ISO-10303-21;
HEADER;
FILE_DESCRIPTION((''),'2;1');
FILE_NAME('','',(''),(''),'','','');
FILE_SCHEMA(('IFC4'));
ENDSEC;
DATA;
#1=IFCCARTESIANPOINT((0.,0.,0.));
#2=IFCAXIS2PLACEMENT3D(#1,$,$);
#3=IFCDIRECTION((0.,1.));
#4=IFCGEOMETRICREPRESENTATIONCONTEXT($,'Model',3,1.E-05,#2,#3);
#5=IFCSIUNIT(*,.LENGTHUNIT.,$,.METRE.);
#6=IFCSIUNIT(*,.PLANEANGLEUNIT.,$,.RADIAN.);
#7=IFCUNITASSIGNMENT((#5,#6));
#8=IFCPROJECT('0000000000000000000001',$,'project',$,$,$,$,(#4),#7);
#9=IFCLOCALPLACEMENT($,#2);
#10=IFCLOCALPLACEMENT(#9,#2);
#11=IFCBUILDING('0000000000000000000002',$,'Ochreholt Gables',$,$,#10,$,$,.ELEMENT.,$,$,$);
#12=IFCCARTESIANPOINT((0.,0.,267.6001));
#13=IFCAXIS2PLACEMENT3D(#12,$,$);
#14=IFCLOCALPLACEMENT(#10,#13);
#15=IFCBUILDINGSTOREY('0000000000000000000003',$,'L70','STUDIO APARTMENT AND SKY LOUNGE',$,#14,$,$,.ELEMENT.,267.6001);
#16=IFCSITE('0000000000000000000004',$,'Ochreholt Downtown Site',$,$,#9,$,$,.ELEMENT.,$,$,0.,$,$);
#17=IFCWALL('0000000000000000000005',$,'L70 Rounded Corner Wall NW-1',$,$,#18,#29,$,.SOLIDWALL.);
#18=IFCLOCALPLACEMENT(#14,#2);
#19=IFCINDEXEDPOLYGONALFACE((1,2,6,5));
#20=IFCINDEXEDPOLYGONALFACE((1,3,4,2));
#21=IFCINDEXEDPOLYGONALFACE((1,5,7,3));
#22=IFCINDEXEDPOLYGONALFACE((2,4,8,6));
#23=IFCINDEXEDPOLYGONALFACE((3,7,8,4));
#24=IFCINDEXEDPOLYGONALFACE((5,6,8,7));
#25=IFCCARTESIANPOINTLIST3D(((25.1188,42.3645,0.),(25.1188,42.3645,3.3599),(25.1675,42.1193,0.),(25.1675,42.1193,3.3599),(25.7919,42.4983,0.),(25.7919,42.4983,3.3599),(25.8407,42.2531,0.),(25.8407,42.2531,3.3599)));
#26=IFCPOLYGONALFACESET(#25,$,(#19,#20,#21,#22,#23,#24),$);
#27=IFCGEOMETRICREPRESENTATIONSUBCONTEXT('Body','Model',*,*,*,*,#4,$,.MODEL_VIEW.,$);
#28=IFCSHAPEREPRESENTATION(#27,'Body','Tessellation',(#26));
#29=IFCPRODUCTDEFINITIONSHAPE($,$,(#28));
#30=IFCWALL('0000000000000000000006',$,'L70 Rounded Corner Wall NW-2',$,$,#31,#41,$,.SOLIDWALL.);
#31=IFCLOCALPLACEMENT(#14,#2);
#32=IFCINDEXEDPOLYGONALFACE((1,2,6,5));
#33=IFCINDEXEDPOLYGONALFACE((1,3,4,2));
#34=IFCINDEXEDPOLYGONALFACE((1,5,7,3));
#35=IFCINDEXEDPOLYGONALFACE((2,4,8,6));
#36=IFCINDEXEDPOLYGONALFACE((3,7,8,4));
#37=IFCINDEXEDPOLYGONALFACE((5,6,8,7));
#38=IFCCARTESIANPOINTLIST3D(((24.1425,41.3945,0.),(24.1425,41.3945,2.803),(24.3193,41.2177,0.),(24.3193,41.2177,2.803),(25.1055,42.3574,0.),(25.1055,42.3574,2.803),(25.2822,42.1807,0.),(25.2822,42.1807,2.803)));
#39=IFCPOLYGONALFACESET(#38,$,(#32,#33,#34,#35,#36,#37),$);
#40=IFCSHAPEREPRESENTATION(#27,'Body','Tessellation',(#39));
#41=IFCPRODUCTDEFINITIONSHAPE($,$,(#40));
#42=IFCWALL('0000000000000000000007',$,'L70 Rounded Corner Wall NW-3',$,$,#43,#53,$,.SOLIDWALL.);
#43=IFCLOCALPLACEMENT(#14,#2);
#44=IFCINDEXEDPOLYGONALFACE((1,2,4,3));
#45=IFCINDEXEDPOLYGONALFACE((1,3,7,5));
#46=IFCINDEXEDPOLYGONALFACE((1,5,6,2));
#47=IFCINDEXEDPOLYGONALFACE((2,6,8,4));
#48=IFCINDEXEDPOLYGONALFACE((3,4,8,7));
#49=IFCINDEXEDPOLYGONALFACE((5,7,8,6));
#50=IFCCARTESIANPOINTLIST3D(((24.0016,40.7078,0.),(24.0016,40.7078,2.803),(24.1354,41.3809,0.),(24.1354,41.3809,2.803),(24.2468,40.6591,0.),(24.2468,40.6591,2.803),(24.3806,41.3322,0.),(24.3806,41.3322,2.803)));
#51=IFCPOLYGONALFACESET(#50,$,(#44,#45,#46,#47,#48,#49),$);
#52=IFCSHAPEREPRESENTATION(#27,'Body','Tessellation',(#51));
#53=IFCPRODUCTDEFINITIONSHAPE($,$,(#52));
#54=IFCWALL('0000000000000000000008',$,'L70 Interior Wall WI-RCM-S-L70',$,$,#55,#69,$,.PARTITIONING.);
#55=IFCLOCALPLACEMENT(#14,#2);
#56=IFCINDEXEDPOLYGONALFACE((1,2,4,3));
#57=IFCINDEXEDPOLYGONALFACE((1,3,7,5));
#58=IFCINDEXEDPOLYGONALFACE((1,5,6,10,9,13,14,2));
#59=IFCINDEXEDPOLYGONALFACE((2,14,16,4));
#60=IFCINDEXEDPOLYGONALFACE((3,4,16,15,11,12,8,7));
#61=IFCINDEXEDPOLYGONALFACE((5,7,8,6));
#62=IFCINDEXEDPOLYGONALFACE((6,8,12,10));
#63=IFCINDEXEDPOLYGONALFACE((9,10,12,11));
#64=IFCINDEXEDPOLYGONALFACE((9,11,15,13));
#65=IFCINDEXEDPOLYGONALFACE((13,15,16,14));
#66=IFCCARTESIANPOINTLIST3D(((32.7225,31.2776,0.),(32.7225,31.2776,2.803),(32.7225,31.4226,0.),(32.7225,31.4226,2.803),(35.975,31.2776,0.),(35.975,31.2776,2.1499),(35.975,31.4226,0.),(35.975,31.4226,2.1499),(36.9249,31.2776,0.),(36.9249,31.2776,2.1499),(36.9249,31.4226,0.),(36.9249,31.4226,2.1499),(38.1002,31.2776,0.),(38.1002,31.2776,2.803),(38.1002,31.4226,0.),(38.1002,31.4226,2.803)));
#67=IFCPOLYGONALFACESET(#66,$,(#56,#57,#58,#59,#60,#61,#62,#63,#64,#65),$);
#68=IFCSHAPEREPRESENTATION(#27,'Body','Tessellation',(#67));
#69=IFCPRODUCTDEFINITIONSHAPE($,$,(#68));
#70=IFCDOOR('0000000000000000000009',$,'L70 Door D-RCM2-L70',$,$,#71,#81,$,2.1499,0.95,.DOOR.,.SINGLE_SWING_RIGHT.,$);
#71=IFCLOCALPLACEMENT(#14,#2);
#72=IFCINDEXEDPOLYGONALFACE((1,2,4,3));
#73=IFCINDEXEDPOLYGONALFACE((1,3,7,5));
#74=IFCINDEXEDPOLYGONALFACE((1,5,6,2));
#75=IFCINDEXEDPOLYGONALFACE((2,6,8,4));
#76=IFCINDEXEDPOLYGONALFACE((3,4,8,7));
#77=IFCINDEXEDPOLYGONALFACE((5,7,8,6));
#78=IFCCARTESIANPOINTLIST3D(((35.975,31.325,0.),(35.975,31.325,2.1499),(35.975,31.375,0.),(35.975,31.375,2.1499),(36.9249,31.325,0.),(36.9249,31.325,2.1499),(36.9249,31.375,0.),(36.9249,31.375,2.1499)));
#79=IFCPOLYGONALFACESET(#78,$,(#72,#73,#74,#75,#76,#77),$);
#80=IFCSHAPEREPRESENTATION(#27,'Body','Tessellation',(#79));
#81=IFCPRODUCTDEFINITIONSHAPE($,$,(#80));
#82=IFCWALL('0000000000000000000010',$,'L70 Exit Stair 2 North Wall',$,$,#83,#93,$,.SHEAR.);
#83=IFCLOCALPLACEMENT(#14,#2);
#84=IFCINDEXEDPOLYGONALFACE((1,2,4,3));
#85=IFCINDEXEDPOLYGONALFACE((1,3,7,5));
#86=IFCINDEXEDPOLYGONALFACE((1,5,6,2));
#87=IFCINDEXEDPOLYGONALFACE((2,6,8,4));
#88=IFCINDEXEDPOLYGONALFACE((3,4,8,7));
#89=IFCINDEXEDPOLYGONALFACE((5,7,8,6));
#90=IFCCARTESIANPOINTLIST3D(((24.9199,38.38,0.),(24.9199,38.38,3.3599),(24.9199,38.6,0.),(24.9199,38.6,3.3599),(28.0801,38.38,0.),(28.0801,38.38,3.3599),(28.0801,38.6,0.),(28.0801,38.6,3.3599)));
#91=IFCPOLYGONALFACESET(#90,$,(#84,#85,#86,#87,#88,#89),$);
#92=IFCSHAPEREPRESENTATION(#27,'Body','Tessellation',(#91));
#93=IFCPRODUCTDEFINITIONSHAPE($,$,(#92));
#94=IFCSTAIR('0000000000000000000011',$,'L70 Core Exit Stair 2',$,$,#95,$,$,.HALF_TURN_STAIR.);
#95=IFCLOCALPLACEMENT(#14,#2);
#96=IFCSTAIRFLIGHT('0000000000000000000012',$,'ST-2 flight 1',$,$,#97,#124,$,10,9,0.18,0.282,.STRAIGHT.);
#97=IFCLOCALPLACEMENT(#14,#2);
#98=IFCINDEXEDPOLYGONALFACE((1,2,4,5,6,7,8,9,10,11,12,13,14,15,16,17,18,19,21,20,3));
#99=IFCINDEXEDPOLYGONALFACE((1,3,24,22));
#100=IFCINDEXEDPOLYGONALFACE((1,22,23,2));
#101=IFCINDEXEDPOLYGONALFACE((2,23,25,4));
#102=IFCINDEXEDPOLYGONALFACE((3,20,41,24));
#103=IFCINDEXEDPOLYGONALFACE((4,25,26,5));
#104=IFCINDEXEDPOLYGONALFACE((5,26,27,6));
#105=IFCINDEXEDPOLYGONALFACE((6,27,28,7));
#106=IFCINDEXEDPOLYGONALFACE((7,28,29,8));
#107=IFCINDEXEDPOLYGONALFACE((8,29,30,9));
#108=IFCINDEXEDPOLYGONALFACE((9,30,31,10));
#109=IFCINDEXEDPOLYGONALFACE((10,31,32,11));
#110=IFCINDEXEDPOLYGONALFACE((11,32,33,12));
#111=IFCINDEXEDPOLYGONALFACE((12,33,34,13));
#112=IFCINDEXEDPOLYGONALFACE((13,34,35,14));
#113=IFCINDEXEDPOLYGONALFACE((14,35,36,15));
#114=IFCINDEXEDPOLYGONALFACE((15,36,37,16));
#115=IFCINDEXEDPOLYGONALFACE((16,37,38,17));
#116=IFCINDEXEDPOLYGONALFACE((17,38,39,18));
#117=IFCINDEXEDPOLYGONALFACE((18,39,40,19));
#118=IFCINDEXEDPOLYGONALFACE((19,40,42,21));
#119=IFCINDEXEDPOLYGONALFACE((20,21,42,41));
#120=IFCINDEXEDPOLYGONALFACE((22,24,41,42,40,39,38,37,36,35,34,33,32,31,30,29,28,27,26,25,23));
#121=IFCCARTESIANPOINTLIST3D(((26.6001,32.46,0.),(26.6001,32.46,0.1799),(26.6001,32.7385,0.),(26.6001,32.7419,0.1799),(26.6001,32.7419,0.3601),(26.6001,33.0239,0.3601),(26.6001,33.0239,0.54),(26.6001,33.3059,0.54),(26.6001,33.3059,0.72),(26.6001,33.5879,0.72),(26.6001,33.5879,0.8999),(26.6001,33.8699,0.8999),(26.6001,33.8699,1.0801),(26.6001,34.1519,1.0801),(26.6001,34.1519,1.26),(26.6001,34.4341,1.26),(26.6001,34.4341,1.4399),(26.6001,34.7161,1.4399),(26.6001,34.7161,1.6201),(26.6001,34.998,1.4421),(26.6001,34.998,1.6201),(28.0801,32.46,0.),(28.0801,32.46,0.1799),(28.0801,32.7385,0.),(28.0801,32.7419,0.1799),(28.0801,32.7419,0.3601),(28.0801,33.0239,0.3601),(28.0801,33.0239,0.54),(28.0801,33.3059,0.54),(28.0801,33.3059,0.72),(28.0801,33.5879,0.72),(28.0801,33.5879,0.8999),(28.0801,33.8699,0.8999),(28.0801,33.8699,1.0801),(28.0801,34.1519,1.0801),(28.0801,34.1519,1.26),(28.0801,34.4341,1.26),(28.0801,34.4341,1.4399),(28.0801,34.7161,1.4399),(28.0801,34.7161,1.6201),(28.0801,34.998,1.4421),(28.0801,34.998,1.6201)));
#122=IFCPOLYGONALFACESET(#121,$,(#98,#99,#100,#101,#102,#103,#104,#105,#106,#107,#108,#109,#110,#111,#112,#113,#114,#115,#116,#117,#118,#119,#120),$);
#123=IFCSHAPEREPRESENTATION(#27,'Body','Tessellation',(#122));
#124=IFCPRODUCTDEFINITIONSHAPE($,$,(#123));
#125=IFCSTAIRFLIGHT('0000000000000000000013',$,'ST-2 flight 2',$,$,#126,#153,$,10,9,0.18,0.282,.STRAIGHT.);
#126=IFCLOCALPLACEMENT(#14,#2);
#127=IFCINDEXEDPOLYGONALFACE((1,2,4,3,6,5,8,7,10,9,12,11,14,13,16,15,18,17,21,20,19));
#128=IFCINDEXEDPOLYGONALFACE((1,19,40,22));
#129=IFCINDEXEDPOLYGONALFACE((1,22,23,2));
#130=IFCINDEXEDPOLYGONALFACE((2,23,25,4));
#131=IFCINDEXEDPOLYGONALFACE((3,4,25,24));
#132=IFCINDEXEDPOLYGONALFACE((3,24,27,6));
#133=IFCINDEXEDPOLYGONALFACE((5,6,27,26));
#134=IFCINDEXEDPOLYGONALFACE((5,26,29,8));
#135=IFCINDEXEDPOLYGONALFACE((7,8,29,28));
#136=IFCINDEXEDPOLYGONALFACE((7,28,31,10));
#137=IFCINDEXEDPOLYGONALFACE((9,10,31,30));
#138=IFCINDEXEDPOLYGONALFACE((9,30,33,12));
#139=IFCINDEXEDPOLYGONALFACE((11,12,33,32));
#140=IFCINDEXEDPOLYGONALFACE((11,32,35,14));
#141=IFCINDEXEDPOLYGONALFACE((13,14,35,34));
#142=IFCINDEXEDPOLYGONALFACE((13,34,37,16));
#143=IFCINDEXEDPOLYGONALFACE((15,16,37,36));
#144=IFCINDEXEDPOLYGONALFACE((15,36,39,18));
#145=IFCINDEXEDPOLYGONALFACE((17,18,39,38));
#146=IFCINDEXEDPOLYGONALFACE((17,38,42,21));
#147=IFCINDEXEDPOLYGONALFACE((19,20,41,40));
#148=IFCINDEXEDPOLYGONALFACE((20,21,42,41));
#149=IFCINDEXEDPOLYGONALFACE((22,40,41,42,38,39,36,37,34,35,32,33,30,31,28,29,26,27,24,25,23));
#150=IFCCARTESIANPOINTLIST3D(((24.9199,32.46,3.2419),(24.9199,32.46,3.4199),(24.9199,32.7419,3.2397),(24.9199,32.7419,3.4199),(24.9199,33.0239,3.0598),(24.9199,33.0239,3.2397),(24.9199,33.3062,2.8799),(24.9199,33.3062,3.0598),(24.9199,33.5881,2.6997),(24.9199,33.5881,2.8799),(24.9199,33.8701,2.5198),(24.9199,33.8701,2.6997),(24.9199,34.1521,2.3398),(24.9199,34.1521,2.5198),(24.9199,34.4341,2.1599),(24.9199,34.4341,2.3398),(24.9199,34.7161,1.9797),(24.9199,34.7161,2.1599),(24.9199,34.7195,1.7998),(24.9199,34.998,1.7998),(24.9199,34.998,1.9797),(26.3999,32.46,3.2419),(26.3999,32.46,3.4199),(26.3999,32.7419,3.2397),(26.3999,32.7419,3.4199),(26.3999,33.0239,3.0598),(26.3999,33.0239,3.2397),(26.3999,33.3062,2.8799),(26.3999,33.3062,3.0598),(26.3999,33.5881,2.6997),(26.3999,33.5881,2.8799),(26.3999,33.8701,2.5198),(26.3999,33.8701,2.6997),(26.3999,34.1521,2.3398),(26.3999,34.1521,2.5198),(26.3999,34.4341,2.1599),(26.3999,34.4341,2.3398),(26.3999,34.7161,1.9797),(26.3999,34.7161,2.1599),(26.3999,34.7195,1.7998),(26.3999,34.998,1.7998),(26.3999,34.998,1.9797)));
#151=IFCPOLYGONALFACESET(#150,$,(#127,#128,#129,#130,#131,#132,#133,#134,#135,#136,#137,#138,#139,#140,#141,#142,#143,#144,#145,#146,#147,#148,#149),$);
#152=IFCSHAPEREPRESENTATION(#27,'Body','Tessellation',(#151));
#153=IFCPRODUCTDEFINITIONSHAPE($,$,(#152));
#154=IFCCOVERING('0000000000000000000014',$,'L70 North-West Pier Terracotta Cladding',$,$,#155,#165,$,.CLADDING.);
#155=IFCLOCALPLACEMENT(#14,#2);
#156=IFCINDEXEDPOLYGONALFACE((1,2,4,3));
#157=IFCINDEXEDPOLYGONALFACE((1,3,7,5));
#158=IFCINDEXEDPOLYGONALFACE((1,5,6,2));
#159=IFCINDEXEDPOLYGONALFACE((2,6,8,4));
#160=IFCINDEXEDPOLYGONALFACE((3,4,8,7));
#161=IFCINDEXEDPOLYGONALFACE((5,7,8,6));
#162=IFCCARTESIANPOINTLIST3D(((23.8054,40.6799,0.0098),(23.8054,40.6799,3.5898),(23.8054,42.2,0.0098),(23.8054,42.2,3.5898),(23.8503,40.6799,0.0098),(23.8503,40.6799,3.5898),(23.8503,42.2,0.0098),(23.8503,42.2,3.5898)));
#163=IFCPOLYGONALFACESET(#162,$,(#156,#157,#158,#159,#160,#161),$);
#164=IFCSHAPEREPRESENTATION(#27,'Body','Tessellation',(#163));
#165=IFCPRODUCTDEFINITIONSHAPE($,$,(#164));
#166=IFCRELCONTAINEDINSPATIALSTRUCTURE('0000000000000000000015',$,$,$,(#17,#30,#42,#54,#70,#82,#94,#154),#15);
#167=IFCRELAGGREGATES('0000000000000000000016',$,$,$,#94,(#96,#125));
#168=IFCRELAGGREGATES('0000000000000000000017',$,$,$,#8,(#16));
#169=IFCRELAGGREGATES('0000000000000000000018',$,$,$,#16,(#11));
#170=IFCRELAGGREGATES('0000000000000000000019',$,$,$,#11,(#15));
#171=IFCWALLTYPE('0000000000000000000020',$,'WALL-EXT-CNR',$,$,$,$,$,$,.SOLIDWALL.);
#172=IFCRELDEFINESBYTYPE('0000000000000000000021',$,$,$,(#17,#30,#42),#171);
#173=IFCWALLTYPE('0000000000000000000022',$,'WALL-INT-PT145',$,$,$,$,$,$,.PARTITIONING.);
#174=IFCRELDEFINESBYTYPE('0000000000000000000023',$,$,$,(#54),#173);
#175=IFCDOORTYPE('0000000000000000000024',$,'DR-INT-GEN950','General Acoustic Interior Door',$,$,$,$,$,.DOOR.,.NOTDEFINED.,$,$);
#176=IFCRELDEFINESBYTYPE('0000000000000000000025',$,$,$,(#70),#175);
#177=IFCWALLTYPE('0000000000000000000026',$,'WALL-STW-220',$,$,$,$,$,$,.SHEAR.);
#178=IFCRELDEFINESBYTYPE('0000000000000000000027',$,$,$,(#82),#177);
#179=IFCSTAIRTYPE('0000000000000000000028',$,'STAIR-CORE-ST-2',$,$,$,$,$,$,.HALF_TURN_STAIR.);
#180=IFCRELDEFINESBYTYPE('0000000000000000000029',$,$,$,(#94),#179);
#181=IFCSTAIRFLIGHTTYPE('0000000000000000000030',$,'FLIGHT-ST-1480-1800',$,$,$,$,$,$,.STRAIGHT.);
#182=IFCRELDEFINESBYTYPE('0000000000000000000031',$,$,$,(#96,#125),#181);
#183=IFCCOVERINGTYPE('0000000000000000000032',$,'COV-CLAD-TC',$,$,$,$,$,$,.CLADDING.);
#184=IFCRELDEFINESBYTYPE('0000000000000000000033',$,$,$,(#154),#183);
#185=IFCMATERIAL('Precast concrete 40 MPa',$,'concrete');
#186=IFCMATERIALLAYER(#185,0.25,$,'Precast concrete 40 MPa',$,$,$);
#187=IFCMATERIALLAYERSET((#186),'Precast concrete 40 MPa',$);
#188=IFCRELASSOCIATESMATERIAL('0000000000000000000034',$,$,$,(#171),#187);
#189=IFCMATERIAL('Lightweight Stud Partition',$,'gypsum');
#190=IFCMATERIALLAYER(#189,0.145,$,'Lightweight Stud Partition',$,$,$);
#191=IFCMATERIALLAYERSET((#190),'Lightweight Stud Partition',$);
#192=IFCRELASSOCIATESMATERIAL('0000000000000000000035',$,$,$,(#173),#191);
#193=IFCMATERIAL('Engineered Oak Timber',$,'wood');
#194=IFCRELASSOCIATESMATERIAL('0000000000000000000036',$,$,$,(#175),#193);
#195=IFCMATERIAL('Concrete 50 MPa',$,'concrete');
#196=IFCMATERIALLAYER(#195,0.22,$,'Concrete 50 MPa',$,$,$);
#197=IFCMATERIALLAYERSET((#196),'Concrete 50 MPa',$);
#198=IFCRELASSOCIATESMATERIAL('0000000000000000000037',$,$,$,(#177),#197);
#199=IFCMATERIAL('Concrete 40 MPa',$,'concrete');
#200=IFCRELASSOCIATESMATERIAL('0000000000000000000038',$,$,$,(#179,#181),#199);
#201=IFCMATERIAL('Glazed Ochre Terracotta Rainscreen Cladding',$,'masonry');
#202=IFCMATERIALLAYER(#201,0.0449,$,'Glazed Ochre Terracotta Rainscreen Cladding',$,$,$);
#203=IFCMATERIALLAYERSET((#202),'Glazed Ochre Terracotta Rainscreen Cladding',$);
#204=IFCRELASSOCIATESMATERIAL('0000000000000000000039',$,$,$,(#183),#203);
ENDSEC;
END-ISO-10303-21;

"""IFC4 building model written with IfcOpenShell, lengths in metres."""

from ifc_helpers import new_model, si_unit, direction, frame, frame_2d, origin, origin_2d, place, context, subcontext, project, spatial, polyline, rectangle, outline, extrude, material, layer, layer_set, type_object, element, fill, aggregate, save


model = new_model("IFC4")

# Units and contexts
model_context = context("Model", 3, precision=1e-05, world=origin(), true_north=direction((0.0, 1.0)))
body_context = subcontext(model_context, "Body", "Model", "MODEL_VIEW")
ifc_project = project(units=[si_unit("LENGTHUNIT", "METRE"), si_unit("PLANEANGLEUNIT", "RADIAN")], contexts=[model_context])

# Site, building, storey
site_placement = place(None, origin())
site = spatial("IfcSite", under=ifc_project, at=site_placement, Name="Ochreholt Downtown Site", CompositionType="ELEMENT", RefElevation=0.0)
building_placement = place(site_placement, origin())
building = spatial("IfcBuilding", under=site, at=building_placement, Name="Ochreholt Gables", CompositionType="ELEMENT")
storey_placement = place(building_placement, frame((0.0, 0.0, 267.6001)))
storey = spatial("IfcBuildingStorey", under=building, at=storey_placement, Name="L70", Description="STUDIO APARTMENT AND SKY LOUNGE", CompositionType="ELEMENT", Elevation=267.6001)

# Shared definitions
ifc_material_1 = material(Name="Concrete 50 MPa", Category="concrete")

# Shared definitions
ifc_material_2 = material(Name="Precast concrete 40 MPa", Category="concrete")

# Walls
ifc_layer_1 = layer(ifc_material_2, 0.25, Name="Precast concrete 40 MPa")
ifc_layer_set_1 = layer_set([ifc_layer_1], Name="Precast concrete 40 MPa")
wall_type_1 = type_object("IfcWallType", Name="WALL-EXT-CNR", PredefinedType="SOLIDWALL", material=ifc_layer_set_1)
wall_1_placement = place(storey_placement, frame((25.8164, 42.3757, 0.0), z_axis=(0.0, 0.0, 1.0), x_axis=(-0.980813, -0.194953, 0.0)))
element("IfcWall", 1, at=wall_1_placement, inside=storey, type_object=wall_type_1, Name="L70 Rounded Corner Wall NW-1", PredefinedType="SOLIDWALL", context=body_context, shape_type="SweptSolid", body=[
    extrude(rectangle(XDim=0.6863, YDim=0.25, at=frame_2d((0.3433, 0.0))), origin(), (0.0, 0.0, 1.0), 3.3599),
])
wall_2_placement = place(storey_placement, frame((25.1938, 42.269, 0.0), z_axis=(0.0, 0.0, 1.0), x_axis=(-0.707107, -0.707107, 0.0)))
element("IfcWall", 2, at=wall_2_placement, inside=storey, type_object=wall_type_1, Name="L70 Rounded Corner Wall NW-2", PredefinedType="SOLIDWALL", context=body_context, shape_type="SweptSolid", body=[
    extrude(rectangle(XDim=1.3618, YDim=0.25, at=frame_2d((0.6809, 0.0))), origin(), (0.0, 0.0, 1.0), 2.803),
])
wall_3_placement = place(storey_placement, frame((24.2581, 41.3567, 0.0), z_axis=(0.0, 0.0, 1.0), x_axis=(-0.194953, -0.980813, 0.0)))
element("IfcWall", 3, at=wall_3_placement, inside=storey, type_object=wall_type_1, Name="L70 Rounded Corner Wall NW-3", PredefinedType="SOLIDWALL", context=body_context, shape_type="SweptSolid", body=[
    extrude(rectangle(XDim=0.6863, YDim=0.25, at=frame_2d((0.3433, 0.0))), origin(), (0.0, 0.0, 1.0), 2.803),
])

# Wall, opening, door
ifc_material_3 = material(Name="Lightweight Stud Partition", Category="gypsum")
ifc_layer_2 = layer(ifc_material_3, 0.145, Name="Lightweight Stud Partition")
ifc_layer_set_2 = layer_set([ifc_layer_2], Name="Lightweight Stud Partition")
wall_type_2 = type_object("IfcWallType", Name="WALL-INT-PT145", PredefinedType="PARTITIONING", material=ifc_layer_set_2)
wall_4_placement = place(storey_placement, frame((32.7224, 31.3501, 0.0), z_axis=(0.0, 0.0, 1.0), x_axis=(1.0, 0.0, 0.0)))
wall_4 = element("IfcWall", 4, at=wall_4_placement, inside=storey, type_object=wall_type_2, Name="L70 Interior Wall WI-RCM-S-L70", PredefinedType="PARTITIONING", context=body_context, shape_type="SweptSolid", body=[
    extrude(rectangle(XDim=5.3777, YDim=0.145, at=frame_2d((2.689, 0.0))), origin(), (0.0, 0.0, 1.0), 2.803),
])
opening_1_placement = place(wall_4_placement, frame((3.2524, 0.0, 0.0)))
opening_1 = element("IfcOpeningElement", 5, at=opening_1_placement, cuts=wall_4, PredefinedType="OPENING", context=body_context, shape_type="SweptSolid", body=[
    extrude(rectangle(XDim=0.95, YDim=2.1499, at=frame_2d((0.4751, 1.075))), frame((0.0, 0.0825, 0.0), z_axis=(0.0, -1.0, 0.0), x_axis=(1.0, 0.0, 0.0)), (0.0, 0.0, 1.0), 0.165),
])
ifc_material_4 = material(Name="Engineered Oak Timber", Category="wood")
door_type_1 = type_object("IfcDoorType", Name="DR-INT-GEN950", Description="General Acoustic Interior Door", OperationType="NOTDEFINED", PredefinedType="DOOR", material=ifc_material_4)
door_1_placement = place(opening_1_placement, origin())
door_1 = element("IfcDoor", 6, at=door_1_placement, inside=storey, type_object=door_type_1, Name="L70 Door D-RCM2-L70", OperationType="SINGLE_SWING_RIGHT", OverallHeight=2.1499, OverallWidth=0.95, PredefinedType="DOOR", context=body_context, shape_type="SweptSolid", body=[
    extrude(rectangle(XDim=0.95, YDim=2.1499, at=frame_2d((0.4751, 1.075))), frame((0.0, 0.0249, 0.0), z_axis=(0.0, -1.0, 0.0), x_axis=(1.0, 0.0, 0.0)), (0.0, 0.0, 1.0), 0.05),
])
fill(opening_1, door_1)

# Wall
ifc_layer_3 = layer(ifc_material_1, 0.22, Name="Concrete 50 MPa")
ifc_layer_set_3 = layer_set([ifc_layer_3], Name="Concrete 50 MPa")
wall_type_3 = type_object("IfcWallType", Name="WALL-STW-220", PredefinedType="SHEAR", material=ifc_layer_set_3)
wall_5_placement = place(storey_placement, frame((24.9199, 38.49, 0.0), z_axis=(0.0, 0.0, 1.0), x_axis=(1.0, 0.0, 0.0)))
element("IfcWall", 7, at=wall_5_placement, inside=storey, type_object=wall_type_3, Name="L70 Exit Stair 2 North Wall", PredefinedType="SHEAR", context=body_context, shape_type="SweptSolid", body=[
    extrude(rectangle(XDim=3.1602, YDim=0.22, at=frame_2d((1.5801, 0.0))), origin(), (0.0, 0.0, 1.0), 3.3599),
])

# Stair, stair flights
ifc_material_5 = material(Name="Concrete 40 MPa", Category="concrete")
stair_type = type_object("IfcStairType", Name="STAIR-CORE-ST-2", PredefinedType="HALF_TURN_STAIR", material=ifc_material_5)
stair_placement = place(storey_placement, origin())
stair = element("IfcStair", 8, at=stair_placement, inside=storey, type_object=stair_type, Name="L70 Core Exit Stair 2", PredefinedType="HALF_TURN_STAIR")
stair_flight_type = type_object("IfcStairFlightType", Name="FLIGHT-ST-1480-1800", PredefinedType="STRAIGHT", material=ifc_material_5)
stair_flight_1_placement = place(storey_placement, frame((27.3401, 32.46, 0.0), z_axis=(0.0, 0.0, 1.0), x_axis=(0.0, 1.0, 0.0)))
stair_flight_1 = element("IfcStairFlight", 9, at=stair_flight_1_placement, type_object=stair_flight_type, Name="ST-2 flight 1", NumberOfRisers=10, NumberOfTreads=9, PredefinedType="STRAIGHT", RiserHeight=0.18, TreadLength=0.282, context=body_context, shape_type="SweptSolid", body=[
    extrude(outline(polyline([(0.0, 0.0), (0.0, 0.1799), (0.282, 0.1799), (0.282, 0.3601), (0.564, 0.3601), (0.564, 0.54), (0.8459, 0.54), (0.8459, 0.72), (1.1279, 0.72), (1.1279, 0.8999), (1.4099, 0.8999), (1.4099, 1.0801), (1.6919, 1.0801), (1.6919, 1.26), (1.9741, 1.26), (1.9741, 1.4399), (2.2561, 1.4399), (2.2561, 1.6201), (2.5381, 1.6201), (2.5381, 1.8), (2.5381, 1.4421), (0.2786, 0.0), (0.0, 0.0)])), frame((0.0, 0.74, 0.0), z_axis=(0.0, -1.0, 0.0), x_axis=(1.0, 0.0, 0.0)), (0.0, 0.0, 1.0), 1.48),
])
stair_flight_2_placement = place(storey_placement, frame((25.6599, 34.998, 1.7998), z_axis=(0.0, 0.0, 1.0), x_axis=(0.0, -1.0, 0.0)))
stair_flight_2 = element("IfcStairFlight", 10, at=stair_flight_2_placement, type_object=stair_flight_type, Name="ST-2 flight 2", NumberOfRisers=10, NumberOfTreads=9, PredefinedType="STRAIGHT", RiserHeight=0.18, TreadLength=0.282, context=body_context, shape_type="SweptSolid", body=[
    extrude(outline(polyline([(0.0, 0.0), (0.0, 0.1799), (0.282, 0.1799), (0.282, 0.3601), (0.564, 0.3601), (0.564, 0.54), (0.8459, 0.54), (0.8459, 0.72), (1.1279, 0.72), (1.1279, 0.8999), (1.4099, 0.8999), (1.4099, 1.0801), (1.6919, 1.0801), (1.6919, 1.26), (1.9741, 1.26), (1.9741, 1.4399), (2.2561, 1.4399), (2.2561, 1.6201), (2.5381, 1.6201), (2.5381, 1.8), (2.5381, 1.4421), (0.2786, 0.0), (0.0, 0.0)])), frame((0.0, 0.74, 0.0), z_axis=(0.0, -1.0, 0.0), x_axis=(1.0, 0.0, 0.0)), (0.0, 0.0, 1.0), 1.48),
])
aggregate(stair, [stair_flight_1, stair_flight_2])

# Covering
ifc_material_6 = material(Name="Glazed Ochre Terracotta Rainscreen Cladding", Category="masonry")
ifc_layer_4 = layer(ifc_material_6, 0.0449, Name="Glazed Ochre Terracotta Rainscreen Cladding")
ifc_layer_set_4 = layer_set([ifc_layer_4], Name="Glazed Ochre Terracotta Rainscreen Cladding")
covering_type = type_object("IfcCoveringType", Name="COV-CLAD-TC", PredefinedType="CLADDING", material=ifc_layer_set_4)
covering_placement = place(storey_placement, frame((23.8279, 41.4399, 0.0098), z_axis=(0.0, 0.0, 1.0), x_axis=(0.0, 1.0, 0.0)))
element("IfcCovering", 11, at=covering_placement, inside=storey, type_object=covering_type, Name="L70 North-West Pier Terracotta Cladding", PredefinedType="CLADDING", context=body_context, shape_type="SweptSolid", body=[
    extrude(rectangle(XDim=1.52, YDim=0.0449, at=origin_2d()), origin(), (0.0, 0.0, 1.0), 3.5801),
])

save(model, "model.ifc")
